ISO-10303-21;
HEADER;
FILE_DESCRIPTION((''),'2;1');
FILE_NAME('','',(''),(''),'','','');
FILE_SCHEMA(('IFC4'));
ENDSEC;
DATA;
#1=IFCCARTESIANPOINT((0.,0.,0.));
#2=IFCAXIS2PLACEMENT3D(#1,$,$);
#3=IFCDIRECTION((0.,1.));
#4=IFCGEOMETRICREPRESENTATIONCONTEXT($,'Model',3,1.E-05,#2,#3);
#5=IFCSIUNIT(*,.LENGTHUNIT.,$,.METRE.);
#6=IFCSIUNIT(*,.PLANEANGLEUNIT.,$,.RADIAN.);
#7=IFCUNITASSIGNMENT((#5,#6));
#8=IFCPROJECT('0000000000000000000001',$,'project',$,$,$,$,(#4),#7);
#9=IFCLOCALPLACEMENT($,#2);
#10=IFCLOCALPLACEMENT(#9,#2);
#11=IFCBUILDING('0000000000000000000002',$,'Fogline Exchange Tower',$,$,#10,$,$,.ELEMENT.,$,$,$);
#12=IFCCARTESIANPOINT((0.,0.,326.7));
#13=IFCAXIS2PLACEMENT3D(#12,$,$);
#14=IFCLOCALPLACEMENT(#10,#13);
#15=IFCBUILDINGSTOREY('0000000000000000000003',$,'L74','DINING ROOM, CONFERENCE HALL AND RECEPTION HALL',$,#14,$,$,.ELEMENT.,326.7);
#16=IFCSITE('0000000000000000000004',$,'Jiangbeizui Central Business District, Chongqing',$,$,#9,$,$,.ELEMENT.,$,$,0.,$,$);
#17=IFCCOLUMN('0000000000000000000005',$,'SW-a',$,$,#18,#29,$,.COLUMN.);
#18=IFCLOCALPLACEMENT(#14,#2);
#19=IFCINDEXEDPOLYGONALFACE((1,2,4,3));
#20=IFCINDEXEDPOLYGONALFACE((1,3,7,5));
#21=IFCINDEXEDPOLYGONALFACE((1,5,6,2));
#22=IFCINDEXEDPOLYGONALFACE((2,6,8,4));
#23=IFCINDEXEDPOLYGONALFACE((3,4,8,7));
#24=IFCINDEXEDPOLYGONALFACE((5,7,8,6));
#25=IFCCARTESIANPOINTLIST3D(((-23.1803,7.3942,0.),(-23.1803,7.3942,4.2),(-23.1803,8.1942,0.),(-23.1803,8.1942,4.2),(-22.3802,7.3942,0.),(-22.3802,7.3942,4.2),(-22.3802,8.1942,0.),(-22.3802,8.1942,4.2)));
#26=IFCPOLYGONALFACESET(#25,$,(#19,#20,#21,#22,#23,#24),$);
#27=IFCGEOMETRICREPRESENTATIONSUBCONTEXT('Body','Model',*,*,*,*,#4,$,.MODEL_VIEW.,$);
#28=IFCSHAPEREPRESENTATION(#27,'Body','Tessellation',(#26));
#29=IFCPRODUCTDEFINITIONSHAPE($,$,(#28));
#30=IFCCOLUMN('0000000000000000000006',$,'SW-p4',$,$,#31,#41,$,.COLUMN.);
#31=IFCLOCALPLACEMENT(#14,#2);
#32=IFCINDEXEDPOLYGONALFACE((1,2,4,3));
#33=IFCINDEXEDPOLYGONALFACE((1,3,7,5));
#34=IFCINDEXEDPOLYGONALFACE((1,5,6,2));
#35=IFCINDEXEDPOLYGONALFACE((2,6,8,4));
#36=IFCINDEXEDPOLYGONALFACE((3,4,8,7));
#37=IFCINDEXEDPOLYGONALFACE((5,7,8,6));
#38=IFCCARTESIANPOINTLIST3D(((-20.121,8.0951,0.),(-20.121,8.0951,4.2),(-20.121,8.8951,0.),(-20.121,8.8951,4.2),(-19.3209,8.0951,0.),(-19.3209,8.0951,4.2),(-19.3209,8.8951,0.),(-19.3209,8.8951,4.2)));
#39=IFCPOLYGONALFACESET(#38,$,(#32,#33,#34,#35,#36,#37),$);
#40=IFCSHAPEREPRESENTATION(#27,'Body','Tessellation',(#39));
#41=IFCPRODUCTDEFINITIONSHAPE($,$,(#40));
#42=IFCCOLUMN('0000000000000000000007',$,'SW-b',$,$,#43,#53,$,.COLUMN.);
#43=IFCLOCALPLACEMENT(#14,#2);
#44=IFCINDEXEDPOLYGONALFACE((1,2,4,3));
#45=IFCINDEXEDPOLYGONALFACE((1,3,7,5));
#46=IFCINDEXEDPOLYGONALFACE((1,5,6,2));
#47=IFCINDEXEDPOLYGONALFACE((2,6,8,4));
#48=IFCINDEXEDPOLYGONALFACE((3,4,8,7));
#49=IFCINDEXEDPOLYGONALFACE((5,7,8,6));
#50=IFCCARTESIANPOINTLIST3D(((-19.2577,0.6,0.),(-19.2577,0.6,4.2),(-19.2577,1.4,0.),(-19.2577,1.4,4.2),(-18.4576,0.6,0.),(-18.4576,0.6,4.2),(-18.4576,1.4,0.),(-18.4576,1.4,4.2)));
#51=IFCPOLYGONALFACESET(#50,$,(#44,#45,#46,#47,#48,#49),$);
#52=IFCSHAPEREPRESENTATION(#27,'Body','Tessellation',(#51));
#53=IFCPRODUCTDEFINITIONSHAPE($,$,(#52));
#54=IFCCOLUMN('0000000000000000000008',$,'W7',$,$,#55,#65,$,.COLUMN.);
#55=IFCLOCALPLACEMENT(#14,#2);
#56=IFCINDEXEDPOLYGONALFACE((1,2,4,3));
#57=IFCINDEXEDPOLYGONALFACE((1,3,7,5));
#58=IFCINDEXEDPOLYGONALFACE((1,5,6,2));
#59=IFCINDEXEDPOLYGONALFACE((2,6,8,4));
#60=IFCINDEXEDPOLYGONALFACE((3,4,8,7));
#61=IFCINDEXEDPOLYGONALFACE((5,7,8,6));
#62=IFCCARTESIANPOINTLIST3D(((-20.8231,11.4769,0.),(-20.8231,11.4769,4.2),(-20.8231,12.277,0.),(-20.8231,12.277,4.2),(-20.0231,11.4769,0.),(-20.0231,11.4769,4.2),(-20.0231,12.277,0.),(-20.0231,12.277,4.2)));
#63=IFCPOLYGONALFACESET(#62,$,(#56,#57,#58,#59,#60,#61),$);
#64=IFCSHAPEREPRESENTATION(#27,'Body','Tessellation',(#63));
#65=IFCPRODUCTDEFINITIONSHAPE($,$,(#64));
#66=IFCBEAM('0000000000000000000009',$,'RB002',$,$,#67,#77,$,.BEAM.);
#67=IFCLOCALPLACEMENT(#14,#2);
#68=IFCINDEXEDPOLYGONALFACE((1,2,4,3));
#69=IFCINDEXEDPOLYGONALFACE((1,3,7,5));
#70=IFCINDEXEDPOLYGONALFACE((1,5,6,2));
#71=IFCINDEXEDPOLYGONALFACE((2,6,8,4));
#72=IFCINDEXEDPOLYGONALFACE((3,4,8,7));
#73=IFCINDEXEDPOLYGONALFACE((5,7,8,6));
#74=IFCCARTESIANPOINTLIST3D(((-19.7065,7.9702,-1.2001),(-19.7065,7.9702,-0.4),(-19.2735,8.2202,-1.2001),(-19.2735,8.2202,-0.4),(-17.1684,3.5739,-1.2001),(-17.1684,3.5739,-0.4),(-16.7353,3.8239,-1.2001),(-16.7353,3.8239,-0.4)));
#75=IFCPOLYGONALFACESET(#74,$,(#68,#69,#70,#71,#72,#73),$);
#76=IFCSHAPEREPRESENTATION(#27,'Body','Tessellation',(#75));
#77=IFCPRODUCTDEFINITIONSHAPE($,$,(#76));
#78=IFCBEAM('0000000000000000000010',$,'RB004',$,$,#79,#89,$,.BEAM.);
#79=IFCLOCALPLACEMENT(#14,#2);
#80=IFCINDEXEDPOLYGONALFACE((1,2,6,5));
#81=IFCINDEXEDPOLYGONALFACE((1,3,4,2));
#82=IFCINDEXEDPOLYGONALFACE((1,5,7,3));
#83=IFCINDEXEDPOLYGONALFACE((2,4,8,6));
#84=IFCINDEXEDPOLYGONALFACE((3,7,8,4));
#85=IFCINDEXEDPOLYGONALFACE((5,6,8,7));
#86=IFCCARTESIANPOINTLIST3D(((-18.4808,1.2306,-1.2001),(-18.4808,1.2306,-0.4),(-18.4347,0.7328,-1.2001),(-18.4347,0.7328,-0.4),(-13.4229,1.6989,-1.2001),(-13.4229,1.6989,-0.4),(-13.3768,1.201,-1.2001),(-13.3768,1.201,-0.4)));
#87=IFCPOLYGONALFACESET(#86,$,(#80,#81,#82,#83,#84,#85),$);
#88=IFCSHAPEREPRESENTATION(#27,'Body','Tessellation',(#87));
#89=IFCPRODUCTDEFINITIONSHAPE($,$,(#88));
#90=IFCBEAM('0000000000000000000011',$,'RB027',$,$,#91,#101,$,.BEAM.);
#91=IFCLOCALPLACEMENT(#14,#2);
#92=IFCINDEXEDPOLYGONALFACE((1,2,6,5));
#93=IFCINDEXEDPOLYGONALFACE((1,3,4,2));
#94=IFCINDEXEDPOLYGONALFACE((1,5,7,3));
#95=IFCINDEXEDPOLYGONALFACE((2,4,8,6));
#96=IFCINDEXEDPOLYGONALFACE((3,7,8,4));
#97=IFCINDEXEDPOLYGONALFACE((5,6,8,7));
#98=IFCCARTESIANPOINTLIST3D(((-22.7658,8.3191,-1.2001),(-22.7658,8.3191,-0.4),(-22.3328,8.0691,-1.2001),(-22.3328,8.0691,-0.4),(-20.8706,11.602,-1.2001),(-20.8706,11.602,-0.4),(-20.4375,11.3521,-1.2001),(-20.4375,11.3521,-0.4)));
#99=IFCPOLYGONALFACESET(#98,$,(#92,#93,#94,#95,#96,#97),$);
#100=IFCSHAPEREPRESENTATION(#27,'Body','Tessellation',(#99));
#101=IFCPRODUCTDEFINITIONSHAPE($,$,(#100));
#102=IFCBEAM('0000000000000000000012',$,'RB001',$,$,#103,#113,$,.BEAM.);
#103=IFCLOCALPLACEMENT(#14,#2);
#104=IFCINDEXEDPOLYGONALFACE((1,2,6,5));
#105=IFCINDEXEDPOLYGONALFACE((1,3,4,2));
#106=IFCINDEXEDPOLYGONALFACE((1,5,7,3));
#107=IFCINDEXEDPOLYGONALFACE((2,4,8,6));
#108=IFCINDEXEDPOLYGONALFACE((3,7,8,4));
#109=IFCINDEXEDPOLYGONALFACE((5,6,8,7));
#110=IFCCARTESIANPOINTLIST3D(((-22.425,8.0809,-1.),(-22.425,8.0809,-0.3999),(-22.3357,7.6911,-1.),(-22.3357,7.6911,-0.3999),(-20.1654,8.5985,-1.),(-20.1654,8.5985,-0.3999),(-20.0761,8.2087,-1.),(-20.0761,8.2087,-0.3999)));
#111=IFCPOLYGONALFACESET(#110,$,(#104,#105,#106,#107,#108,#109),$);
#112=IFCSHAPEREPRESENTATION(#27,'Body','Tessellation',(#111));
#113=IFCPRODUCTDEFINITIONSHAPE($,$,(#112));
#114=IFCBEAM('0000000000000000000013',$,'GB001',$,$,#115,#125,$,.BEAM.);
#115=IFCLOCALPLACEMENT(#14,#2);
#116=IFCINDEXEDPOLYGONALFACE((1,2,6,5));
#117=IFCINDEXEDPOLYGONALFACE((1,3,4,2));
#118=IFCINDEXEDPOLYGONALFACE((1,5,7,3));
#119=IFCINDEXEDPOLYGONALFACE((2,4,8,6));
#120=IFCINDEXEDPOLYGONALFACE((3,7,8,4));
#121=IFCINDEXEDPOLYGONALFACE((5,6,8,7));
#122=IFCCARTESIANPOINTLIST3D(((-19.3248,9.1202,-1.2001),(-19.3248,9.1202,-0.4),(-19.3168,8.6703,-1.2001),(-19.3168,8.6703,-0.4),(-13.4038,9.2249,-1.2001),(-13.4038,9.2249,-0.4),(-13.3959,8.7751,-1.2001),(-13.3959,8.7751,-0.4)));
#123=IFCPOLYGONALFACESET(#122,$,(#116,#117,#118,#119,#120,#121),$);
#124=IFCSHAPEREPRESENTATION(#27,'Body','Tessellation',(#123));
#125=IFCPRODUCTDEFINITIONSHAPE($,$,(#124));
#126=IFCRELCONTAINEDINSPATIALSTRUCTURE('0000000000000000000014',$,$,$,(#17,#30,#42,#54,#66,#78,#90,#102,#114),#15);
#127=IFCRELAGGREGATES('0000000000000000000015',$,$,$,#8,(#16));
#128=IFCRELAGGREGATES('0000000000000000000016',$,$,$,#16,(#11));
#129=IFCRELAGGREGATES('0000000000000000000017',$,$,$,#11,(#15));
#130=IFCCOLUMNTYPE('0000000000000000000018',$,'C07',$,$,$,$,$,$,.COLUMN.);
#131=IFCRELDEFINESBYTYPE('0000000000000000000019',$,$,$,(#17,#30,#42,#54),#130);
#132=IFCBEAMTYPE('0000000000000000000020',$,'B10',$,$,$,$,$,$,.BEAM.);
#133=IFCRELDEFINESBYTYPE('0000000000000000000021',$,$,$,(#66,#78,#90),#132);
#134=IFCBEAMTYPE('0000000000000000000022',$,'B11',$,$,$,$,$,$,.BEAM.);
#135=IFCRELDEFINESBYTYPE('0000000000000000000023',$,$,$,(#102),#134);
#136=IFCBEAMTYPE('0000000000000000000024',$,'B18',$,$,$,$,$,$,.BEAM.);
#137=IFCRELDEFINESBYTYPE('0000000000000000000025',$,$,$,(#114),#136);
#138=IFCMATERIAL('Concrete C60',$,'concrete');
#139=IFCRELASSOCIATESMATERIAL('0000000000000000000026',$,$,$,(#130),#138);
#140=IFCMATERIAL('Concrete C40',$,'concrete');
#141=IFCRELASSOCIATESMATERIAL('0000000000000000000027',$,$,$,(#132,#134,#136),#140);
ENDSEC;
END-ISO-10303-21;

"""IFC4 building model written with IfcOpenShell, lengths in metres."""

from ifc_helpers import new_model, si_unit, direction, frame, origin, origin_2d, place, context, subcontext, project, spatial, rectangle, extrude, material, material_profile, profile_set, type_object, element, save


model = new_model("IFC4")

# Units and contexts
model_context = context("Model", 3, precision=1e-05, world=origin(), true_north=direction((0.0, 1.0)))
body_context = subcontext(model_context, "Body", "Model", "MODEL_VIEW")
ifc_project = project(units=[si_unit("LENGTHUNIT", "METRE"), si_unit("PLANEANGLEUNIT", "RADIAN")], contexts=[model_context])

# Site, building, storey
site_placement = place(None, origin())
site = spatial("IfcSite", under=ifc_project, at=site_placement, Name="Jiangbeizui Central Business District, Chongqing", CompositionType="ELEMENT", RefElevation=0.0)
building_placement = place(site_placement, origin())
building = spatial("IfcBuilding", under=site, at=building_placement, Name="Fogline Exchange Tower", CompositionType="ELEMENT")
storey_placement = place(building_placement, frame((0.0, 0.0, 326.7)))
storey = spatial("IfcBuildingStorey", under=building, at=storey_placement, Name="L74", Description="DINING ROOM, CONFERENCE HALL AND RECEPTION HALL", CompositionType="ELEMENT", Elevation=326.7)

# Columns
ifc_material_1 = material(Name="Concrete C60", Category="concrete")
ifc_material_profile_1 = material_profile(ifc_material_1, rectangle(XDim=0.8, YDim=0.8, at=origin_2d()), Name="RC 800x800")
ifc_profile_set_1 = profile_set([ifc_material_profile_1], Name="Concrete C60")
column_type = type_object("IfcColumnType", Name="C07", PredefinedType="COLUMN", material=ifc_profile_set_1)
for number, where, z_axis, x_axis, name in (
    (1, (-22.7803, 7.7942, 0.0), (0.0, 0.0, 1.0), (1.0, 0.0, 0.0), "SW-a"),
    (2, (-19.7209, 8.4951, 0.0), (0.0, 0.0, 1.0), (1.0, 0.0, 0.0), "SW-p4"),
    (3, (-18.8577, 1.0, 0.0), (0.0, 0.0, 1.0), (1.0, 0.0, 0.0), "SW-b"),
    (4, (-20.4231, 11.877, 0.0), (0.0, 0.0, 1.0), (1.0, 0.0, 0.0), "W7"),
):
    element("IfcColumn", number, at=place(storey_placement, frame(where, z_axis=z_axis, x_axis=x_axis)), inside=storey, type_object=column_type, Name=name, PredefinedType="COLUMN", context=body_context, shape_type="SweptSolid", body=[
        extrude(rectangle(XDim=0.8, YDim=0.8, at=origin_2d()), origin(), (0.0, 0.0, 1.0), 4.2),
    ])

# Beams
ifc_material_2 = material(Name="Concrete C40", Category="concrete")
ifc_material_profile_2 = material_profile(ifc_material_2, rectangle(XDim=0.5, YDim=0.8, at=origin_2d()), Name="RC 500x800")
ifc_profile_set_2 = profile_set([ifc_material_profile_2], Name="Concrete C40")
beam_type_1 = type_object("IfcBeamType", Name="B10", PredefinedType="BEAM", material=ifc_profile_set_2)
beam_1_placement = place(storey_placement, frame((-19.49, 8.0952, -0.8), z_axis=(0.499988, -0.866033, 0.0), x_axis=(0.866033, 0.499988, 0.0)))
element("IfcBeam", 5, at=beam_1_placement, inside=storey, type_object=beam_type_1, Name="RB002", PredefinedType="BEAM", context=body_context, shape_type="SweptSolid", body=[
    extrude(rectangle(XDim=0.5, YDim=0.8, at=origin_2d()), origin(), (0.0, 0.0, 1.0), 5.0764),
])
beam_2_placement = place(storey_placement, frame((-18.4578, 0.9817, -0.8), z_axis=(0.995742, 0.092187, 0.0), x_axis=(-0.092187, 0.995742, 0.0)))
element("IfcBeam", 6, at=beam_2_placement, inside=storey, type_object=beam_type_1, Name="RB004", PredefinedType="BEAM", context=body_context, shape_type="SweptSolid", body=[
    extrude(rectangle(XDim=0.5, YDim=0.8, at=origin_2d()), origin(), (0.0, 0.0, 1.0), 5.0796),
])
beam_3_placement = place(storey_placement, frame((-20.6541, 11.4771, -0.8), z_axis=(-0.49997, -0.866043, 0.0), x_axis=(0.866043, -0.49997, 0.0)))
element("IfcBeam", 7, at=beam_3_placement, inside=storey, type_object=beam_type_1, Name="RB027", PredefinedType="BEAM", context=body_context, shape_type="SweptSolid", body=[
    extrude(rectangle(XDim=0.5, YDim=0.8, at=origin_2d()), origin(), (0.0, 0.0, 1.0), 3.7908),
])
ifc_material_profile_3 = material_profile(ifc_material_2, rectangle(XDim=0.3999, YDim=0.6001, at=origin_2d()), Name="RC 400x600")
ifc_profile_set_3 = profile_set([ifc_material_profile_3], Name="Concrete C40")
beam_type_2 = type_object("IfcBeamType", Name="B11", PredefinedType="BEAM", material=ifc_profile_set_3)
beam_4_placement = place(storey_placement, frame((-22.3804, 7.886, -0.7), z_axis=(0.974754, 0.223282, 0.0), x_axis=(-0.223282, 0.974754, 0.0)))
element("IfcBeam", 8, at=beam_4_placement, inside=storey, type_object=beam_type_2, Name="RB001", PredefinedType="BEAM", context=body_context, shape_type="SweptSolid", body=[
    extrude(rectangle(XDim=0.3999, YDim=0.6001, at=origin_2d()), origin(), (0.0, 0.0, 1.0), 2.3181),
])
ifc_material_profile_4 = material_profile(ifc_material_2, rectangle(XDim=0.45, YDim=0.8, at=origin_2d()), Name="RC 450x800")
ifc_profile_set_4 = profile_set([ifc_material_profile_4], Name="Concrete C40")
beam_type_3 = type_object("IfcBeamType", Name="B18", PredefinedType="BEAM", material=ifc_profile_set_4)
beam_5_placement = place(storey_placement, frame((-19.3208, 8.8953, -0.8), z_axis=(0.999844, 0.017686, 0.0), x_axis=(-0.017686, 0.999844, 0.0)))
element("IfcBeam", 9, at=beam_5_placement, inside=storey, type_object=beam_type_3, Name="GB001", PredefinedType="BEAM", context=body_context, shape_type="SweptSolid", body=[
    extrude(rectangle(XDim=0.45, YDim=0.8, at=origin_2d()), origin(), (0.0, 0.0, 1.0), 5.9219),
])

save(model, "model.ifc")
